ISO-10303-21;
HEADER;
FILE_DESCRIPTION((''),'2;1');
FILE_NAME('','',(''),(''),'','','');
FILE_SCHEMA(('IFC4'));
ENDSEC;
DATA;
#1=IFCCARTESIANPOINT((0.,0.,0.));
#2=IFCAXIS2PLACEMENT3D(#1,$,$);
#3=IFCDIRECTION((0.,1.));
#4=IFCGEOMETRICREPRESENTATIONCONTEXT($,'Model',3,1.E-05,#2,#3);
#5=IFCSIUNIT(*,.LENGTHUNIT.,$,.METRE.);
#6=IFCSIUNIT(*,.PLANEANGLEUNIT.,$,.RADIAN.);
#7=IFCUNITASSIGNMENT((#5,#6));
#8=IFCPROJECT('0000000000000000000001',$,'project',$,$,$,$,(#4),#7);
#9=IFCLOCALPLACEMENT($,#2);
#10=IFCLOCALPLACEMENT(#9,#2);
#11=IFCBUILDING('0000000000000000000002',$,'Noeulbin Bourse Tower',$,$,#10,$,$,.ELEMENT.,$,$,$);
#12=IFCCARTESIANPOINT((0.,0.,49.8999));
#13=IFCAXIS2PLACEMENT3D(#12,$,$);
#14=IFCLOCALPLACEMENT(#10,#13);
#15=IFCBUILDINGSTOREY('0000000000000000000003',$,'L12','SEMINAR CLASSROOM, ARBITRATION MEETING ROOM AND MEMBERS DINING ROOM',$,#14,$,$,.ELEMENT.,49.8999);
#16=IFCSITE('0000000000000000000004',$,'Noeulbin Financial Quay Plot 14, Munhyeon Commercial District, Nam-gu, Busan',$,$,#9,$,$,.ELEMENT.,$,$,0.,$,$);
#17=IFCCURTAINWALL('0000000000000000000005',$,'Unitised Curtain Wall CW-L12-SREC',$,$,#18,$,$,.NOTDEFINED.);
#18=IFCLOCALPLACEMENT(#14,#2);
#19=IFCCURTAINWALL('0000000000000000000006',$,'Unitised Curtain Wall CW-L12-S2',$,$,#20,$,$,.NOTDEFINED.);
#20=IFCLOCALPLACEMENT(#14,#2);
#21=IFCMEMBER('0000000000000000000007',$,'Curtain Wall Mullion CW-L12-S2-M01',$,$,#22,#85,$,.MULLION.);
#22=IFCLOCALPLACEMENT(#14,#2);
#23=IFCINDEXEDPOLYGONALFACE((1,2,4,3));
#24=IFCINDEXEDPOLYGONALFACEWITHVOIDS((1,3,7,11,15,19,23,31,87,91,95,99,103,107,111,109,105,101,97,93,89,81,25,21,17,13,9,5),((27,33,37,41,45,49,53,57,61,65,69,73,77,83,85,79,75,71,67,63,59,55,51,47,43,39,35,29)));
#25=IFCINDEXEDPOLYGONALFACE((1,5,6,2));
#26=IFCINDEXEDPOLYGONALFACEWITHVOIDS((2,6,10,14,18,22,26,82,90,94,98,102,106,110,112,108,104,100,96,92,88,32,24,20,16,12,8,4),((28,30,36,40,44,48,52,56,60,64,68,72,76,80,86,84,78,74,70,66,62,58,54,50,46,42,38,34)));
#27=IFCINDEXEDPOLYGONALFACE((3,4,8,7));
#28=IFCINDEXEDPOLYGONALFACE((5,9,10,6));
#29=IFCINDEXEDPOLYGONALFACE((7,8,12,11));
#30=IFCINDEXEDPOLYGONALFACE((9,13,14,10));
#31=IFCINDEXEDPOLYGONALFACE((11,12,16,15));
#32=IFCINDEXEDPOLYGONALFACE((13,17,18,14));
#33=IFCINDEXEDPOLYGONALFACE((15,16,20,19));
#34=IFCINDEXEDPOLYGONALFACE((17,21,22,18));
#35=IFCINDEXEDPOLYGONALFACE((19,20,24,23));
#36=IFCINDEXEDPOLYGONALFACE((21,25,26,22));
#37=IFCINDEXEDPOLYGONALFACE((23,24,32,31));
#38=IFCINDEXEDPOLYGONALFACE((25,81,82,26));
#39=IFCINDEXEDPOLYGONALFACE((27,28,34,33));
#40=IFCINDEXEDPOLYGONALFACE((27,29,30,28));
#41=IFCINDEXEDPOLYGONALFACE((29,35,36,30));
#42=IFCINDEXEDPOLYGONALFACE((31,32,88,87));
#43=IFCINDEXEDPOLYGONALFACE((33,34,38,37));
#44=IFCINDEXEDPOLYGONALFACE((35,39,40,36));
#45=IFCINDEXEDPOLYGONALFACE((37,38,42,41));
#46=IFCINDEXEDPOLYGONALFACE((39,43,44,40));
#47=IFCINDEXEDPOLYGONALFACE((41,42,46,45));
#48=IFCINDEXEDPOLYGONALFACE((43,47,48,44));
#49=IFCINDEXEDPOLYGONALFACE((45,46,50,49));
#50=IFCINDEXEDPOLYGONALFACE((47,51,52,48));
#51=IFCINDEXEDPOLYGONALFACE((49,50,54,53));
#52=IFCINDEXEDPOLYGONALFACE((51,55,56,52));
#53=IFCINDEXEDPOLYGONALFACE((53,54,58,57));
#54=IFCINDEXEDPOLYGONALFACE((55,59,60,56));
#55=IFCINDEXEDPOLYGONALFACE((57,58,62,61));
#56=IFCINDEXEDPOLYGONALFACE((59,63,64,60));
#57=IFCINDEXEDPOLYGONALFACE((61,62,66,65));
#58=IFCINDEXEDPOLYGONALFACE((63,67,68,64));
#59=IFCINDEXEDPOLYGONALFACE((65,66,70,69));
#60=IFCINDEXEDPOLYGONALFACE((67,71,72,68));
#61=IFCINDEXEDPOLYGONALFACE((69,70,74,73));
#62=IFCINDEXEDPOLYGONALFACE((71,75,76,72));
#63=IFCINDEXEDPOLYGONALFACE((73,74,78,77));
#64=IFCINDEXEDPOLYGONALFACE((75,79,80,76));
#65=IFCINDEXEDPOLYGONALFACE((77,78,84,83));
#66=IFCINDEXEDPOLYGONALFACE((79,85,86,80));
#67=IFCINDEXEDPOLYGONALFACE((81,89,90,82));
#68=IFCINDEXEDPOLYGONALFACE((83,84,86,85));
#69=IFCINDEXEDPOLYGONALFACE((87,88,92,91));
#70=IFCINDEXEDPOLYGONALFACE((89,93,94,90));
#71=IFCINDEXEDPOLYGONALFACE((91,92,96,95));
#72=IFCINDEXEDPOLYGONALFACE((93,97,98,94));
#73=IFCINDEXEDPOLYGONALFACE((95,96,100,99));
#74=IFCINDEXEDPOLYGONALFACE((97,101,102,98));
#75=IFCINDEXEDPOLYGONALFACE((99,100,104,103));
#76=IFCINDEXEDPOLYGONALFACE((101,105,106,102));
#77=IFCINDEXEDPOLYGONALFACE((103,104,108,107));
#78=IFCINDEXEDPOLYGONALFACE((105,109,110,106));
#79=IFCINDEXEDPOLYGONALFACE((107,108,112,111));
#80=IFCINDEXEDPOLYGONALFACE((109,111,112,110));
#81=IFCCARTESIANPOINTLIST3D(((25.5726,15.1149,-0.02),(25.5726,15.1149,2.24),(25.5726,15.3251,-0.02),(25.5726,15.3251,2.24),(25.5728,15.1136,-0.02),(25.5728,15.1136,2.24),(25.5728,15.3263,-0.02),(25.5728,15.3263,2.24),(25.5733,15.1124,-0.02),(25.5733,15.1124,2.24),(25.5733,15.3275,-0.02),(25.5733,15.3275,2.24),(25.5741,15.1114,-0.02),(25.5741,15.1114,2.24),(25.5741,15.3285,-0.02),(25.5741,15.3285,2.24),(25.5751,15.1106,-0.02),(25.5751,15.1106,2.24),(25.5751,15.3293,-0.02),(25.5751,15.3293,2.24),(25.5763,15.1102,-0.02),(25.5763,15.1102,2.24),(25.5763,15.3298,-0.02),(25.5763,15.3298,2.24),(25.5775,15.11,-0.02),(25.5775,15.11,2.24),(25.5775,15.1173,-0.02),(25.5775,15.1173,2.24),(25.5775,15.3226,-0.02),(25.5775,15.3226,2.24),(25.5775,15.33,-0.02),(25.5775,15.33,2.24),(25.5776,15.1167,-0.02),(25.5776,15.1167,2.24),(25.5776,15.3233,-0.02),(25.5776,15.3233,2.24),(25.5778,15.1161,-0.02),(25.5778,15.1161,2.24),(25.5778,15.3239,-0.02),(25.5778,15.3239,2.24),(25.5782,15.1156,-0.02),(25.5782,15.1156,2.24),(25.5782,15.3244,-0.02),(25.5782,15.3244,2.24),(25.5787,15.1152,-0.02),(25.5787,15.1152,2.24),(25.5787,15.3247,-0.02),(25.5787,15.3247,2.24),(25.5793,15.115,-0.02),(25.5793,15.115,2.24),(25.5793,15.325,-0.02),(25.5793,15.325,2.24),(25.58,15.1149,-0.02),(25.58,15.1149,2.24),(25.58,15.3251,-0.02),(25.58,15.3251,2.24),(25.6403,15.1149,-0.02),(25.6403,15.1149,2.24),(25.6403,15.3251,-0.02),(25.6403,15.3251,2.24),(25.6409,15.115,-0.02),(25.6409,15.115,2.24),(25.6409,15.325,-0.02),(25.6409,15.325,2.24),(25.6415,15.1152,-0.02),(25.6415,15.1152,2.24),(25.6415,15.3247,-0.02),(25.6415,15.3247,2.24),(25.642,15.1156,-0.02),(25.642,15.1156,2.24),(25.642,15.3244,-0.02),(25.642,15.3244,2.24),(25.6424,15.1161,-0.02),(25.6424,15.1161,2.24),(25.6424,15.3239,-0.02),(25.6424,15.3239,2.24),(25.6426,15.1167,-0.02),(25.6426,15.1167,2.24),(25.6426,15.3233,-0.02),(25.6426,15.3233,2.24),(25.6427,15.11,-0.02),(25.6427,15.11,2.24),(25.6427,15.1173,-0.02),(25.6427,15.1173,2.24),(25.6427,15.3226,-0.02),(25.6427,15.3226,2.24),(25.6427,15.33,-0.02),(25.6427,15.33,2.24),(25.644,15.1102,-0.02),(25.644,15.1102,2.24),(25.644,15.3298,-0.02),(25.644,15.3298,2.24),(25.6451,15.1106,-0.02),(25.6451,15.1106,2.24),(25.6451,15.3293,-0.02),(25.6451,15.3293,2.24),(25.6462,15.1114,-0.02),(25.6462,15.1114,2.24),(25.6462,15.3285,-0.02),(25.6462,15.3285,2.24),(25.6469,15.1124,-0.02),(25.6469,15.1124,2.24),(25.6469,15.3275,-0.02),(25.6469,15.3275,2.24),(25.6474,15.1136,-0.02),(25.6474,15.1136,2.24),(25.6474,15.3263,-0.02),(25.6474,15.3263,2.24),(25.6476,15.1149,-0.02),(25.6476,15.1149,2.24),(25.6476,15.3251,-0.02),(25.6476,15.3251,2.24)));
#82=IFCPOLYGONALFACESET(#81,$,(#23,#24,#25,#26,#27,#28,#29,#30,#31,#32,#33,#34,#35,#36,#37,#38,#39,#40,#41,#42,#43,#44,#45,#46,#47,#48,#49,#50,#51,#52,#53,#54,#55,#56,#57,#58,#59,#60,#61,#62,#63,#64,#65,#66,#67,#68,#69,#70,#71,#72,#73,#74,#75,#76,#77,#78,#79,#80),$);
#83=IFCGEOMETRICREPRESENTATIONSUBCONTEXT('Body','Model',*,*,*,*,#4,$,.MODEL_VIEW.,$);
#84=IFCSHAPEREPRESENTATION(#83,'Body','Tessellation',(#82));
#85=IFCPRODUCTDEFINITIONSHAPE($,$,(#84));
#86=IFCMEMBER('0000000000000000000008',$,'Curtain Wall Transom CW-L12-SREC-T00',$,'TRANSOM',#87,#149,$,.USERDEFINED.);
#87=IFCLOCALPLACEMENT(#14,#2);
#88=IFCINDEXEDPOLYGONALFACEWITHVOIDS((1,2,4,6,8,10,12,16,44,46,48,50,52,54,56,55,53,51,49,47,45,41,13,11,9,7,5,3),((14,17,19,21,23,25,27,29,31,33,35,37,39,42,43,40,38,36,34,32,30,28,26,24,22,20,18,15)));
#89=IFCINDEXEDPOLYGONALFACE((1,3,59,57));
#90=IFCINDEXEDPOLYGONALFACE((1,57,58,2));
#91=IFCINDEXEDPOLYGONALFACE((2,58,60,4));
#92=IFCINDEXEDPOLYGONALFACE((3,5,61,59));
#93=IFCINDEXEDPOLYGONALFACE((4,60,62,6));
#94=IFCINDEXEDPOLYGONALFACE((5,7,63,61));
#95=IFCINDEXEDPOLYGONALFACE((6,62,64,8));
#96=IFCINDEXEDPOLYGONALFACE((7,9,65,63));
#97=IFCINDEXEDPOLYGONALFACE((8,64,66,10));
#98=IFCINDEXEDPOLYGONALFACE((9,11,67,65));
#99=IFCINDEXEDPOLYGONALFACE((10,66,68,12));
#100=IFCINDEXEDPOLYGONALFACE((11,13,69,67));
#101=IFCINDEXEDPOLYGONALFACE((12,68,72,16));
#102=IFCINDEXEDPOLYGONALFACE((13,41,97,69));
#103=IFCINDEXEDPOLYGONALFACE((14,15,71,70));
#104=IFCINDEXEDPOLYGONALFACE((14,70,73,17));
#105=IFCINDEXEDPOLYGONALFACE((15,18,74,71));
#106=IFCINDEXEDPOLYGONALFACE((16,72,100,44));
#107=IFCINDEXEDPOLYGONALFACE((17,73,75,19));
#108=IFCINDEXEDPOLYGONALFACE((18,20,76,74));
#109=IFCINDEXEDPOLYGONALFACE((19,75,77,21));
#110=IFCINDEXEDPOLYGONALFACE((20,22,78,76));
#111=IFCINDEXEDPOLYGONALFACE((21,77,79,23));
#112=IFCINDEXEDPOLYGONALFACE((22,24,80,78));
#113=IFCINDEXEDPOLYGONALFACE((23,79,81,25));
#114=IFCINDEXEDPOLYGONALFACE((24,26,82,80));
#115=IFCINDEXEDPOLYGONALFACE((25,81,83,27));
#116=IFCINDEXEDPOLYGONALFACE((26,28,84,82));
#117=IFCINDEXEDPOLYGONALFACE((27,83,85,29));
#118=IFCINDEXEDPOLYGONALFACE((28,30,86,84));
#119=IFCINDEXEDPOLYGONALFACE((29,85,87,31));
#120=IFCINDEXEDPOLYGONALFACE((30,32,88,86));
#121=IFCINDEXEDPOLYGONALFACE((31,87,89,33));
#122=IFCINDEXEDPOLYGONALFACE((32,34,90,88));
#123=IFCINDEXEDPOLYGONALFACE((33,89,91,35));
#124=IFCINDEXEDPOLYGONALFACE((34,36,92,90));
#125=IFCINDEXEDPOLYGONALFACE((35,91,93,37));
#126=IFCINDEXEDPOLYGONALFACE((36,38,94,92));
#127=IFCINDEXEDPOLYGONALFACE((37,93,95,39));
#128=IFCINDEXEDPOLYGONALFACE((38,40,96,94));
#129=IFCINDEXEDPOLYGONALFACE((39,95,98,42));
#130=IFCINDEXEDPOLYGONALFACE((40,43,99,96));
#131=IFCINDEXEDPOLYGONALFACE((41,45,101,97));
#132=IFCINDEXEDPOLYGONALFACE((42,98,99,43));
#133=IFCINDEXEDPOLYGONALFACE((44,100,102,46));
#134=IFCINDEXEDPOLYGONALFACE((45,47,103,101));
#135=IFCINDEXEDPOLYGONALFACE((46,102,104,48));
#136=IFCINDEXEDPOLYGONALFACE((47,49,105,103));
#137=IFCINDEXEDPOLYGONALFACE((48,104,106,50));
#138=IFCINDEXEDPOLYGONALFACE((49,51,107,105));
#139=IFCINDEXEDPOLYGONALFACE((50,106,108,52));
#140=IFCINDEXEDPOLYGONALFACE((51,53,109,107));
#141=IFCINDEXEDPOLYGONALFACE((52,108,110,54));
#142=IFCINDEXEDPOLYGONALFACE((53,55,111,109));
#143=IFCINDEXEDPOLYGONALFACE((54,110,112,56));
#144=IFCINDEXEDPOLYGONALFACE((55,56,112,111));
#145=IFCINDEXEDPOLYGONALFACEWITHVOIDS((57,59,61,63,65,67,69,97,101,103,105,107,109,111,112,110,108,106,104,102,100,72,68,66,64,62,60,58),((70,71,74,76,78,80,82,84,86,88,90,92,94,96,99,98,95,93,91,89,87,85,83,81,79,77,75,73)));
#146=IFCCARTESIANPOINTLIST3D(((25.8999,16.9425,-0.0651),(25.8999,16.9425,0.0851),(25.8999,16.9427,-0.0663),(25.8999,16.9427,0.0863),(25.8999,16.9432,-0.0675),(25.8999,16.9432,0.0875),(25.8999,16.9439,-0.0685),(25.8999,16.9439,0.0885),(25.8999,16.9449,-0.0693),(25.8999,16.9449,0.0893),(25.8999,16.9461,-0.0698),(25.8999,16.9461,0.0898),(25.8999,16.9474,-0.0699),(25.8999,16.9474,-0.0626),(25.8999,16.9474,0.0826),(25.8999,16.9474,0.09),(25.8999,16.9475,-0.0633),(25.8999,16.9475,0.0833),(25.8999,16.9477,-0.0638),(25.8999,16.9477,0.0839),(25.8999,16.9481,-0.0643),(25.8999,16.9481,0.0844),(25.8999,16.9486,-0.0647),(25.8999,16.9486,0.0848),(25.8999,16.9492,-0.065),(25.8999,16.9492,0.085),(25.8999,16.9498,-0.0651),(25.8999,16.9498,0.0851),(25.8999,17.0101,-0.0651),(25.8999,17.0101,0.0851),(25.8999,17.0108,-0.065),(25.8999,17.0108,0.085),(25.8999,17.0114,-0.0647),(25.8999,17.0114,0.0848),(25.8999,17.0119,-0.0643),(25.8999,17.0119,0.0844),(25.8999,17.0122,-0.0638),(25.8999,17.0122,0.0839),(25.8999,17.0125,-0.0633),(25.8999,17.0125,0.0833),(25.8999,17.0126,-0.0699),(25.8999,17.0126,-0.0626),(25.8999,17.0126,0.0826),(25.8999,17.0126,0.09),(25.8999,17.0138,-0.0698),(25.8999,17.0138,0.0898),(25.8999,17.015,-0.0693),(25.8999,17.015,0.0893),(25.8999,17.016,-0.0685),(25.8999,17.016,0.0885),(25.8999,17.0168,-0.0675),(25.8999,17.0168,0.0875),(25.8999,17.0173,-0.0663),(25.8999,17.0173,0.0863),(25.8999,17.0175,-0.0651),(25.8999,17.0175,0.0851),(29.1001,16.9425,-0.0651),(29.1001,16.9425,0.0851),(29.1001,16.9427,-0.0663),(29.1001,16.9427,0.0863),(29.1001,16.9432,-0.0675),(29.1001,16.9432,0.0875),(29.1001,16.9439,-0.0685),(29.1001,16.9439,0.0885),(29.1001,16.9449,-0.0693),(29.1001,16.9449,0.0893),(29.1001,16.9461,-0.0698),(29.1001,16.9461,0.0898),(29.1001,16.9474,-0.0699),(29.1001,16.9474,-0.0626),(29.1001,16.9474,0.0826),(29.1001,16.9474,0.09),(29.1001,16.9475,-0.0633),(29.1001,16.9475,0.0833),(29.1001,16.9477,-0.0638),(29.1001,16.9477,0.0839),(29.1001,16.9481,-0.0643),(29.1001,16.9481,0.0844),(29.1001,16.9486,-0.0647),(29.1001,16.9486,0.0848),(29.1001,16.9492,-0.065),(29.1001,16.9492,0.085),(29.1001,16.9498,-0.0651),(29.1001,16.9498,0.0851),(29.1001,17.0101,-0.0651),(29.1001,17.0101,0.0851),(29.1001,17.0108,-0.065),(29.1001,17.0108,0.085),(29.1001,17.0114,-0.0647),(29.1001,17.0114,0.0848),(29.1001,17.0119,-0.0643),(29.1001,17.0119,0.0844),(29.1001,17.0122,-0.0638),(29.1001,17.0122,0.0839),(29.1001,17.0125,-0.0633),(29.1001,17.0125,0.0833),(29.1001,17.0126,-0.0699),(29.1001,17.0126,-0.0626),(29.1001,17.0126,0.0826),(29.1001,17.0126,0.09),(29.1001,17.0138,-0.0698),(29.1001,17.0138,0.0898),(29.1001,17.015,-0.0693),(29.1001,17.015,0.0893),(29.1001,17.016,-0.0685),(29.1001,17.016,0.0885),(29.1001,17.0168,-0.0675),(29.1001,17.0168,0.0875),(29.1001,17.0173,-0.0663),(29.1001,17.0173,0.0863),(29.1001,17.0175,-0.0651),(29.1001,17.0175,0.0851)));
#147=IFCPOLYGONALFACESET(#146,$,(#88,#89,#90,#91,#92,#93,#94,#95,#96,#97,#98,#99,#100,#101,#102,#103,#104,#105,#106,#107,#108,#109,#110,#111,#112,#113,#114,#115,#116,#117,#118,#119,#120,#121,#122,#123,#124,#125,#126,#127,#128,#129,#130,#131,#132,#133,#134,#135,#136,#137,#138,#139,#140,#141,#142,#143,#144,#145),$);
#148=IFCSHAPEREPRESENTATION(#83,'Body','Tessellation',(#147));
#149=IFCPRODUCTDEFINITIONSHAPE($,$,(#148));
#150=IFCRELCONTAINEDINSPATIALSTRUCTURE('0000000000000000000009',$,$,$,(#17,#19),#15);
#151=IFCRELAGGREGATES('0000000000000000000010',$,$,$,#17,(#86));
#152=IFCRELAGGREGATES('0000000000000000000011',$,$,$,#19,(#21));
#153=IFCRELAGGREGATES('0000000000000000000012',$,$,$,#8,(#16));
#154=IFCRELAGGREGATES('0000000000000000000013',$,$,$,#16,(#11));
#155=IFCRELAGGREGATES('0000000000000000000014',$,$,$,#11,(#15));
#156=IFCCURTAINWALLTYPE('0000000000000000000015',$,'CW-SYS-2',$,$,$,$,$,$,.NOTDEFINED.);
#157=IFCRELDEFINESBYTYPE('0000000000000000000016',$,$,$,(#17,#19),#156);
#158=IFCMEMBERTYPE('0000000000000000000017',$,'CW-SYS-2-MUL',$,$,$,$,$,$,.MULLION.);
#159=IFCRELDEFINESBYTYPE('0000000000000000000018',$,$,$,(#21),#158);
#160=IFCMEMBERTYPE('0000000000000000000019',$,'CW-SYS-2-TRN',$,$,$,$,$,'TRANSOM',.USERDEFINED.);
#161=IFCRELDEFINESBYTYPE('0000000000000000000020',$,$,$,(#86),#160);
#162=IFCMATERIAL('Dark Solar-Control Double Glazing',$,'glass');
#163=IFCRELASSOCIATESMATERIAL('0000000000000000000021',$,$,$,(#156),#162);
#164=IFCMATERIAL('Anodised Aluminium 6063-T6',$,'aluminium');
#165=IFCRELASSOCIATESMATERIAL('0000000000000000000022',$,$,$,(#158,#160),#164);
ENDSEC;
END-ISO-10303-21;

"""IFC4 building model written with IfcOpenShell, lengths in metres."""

from ifc_helpers import new_model, si_unit, direction, frame, origin, origin_2d, place, context, subcontext, project, spatial, hollow_rectangle, extrude, material, material_profile, profile_set, type_object, element, aggregate, save


model = new_model("IFC4")

# Units and contexts
model_context = context("Model", 3, precision=1e-05, world=origin(), true_north=direction((0.0, 1.0)))
body_context = subcontext(model_context, "Body", "Model", "MODEL_VIEW")
ifc_project = project(units=[si_unit("LENGTHUNIT", "METRE"), si_unit("PLANEANGLEUNIT", "RADIAN")], contexts=[model_context])

# Site, building, storey
site_placement = place(None, origin())
site = spatial("IfcSite", under=ifc_project, at=site_placement, Name="Noeulbin Financial Quay Plot 14, Munhyeon Commercial District, Nam-gu, Busan", CompositionType="ELEMENT", RefElevation=0.0)
building_placement = place(site_placement, origin())
building = spatial("IfcBuilding", under=site, at=building_placement, Name="Noeulbin Bourse Tower", CompositionType="ELEMENT")
storey_placement = place(building_placement, frame((0.0, 0.0, 49.8999)))
storey = spatial("IfcBuildingStorey", under=building, at=storey_placement, Name="L12", Description="SEMINAR CLASSROOM, ARBITRATION MEETING ROOM AND MEMBERS DINING ROOM", CompositionType="ELEMENT", Elevation=49.8999)

# Curtain wall
ifc_material_1 = material(Name="Dark Solar-Control Double Glazing", Category="glass")
curtain_wall_type = type_object("IfcCurtainWallType", Name="CW-SYS-2", PredefinedType="NOTDEFINED", material=ifc_material_1)
curtain_wall_1_placement = place(storey_placement, origin())
curtain_wall_1 = element("IfcCurtainWall", 1, at=curtain_wall_1_placement, inside=storey, type_object=curtain_wall_type, Name="Unitised Curtain Wall CW-L12-SREC", PredefinedType="NOTDEFINED")
ifc_material_2 = material(Name="Anodised Aluminium 6063-T6", Category="aluminium")
ifc_material_profile_1 = material_profile(ifc_material_2, hollow_rectangle(XDim=0.075, YDim=0.22, WallThickness=0.0049, InnerFilletRadius=0.0024, OuterFilletRadius=0.0049, at=origin_2d()), Name="ALU-MULL-75x220x5", Category="LoadBearing")
ifc_profile_set_1 = profile_set([ifc_material_profile_1], Name="Anodised Aluminium 6063-T6")
member_type_1 = type_object("IfcMemberType", Name="CW-SYS-2-MUL", PredefinedType="MULLION", material=ifc_profile_set_1)

# Curtain wall, member
curtain_wall_2_placement = place(storey_placement, origin())
curtain_wall_2 = element("IfcCurtainWall", 2, at=curtain_wall_2_placement, inside=storey, type_object=curtain_wall_type, Name="Unitised Curtain Wall CW-L12-S2", PredefinedType="NOTDEFINED")
member_1_placement = place(storey_placement, frame((25.6101, 15.22, -0.02), z_axis=(0.0, 0.0, 1.0), x_axis=(1.0, 0.0, 0.0)))
member_1 = element("IfcMember", 3, at=member_1_placement, type_object=member_type_1, Name="Curtain Wall Mullion CW-L12-S2-M01", PredefinedType="MULLION", context=body_context, shape_type="SweptSolid", body=[
    extrude(hollow_rectangle(XDim=0.075, YDim=0.22, WallThickness=0.0049, InnerFilletRadius=0.0024, OuterFilletRadius=0.0049, at=origin_2d()), origin(), (0.0, 0.0, 1.0), 2.26),
])

# Member
ifc_material_profile_2 = material_profile(ifc_material_2, hollow_rectangle(XDim=0.075, YDim=0.1599, WallThickness=0.0049, InnerFilletRadius=0.0024, OuterFilletRadius=0.0049, at=origin_2d()), Name="ALU-TRAN-75x160x5", Category="LoadBearing")
ifc_profile_set_2 = profile_set([ifc_material_profile_2], Name="Anodised Aluminium 6063-T6")
member_type_2 = type_object("IfcMemberType", Name="CW-SYS-2-TRN", ElementType="TRANSOM", PredefinedType="USERDEFINED", material=ifc_profile_set_2)
member_2_placement = place(storey_placement, frame((25.8999, 16.98, 0.01), z_axis=(1.0, 0.0, 0.0), x_axis=(0.0, 1.0, 0.0)))
member_2 = element("IfcMember", 4, at=member_2_placement, type_object=member_type_2, Name="Curtain Wall Transom CW-L12-SREC-T00", ObjectType="TRANSOM", PredefinedType="USERDEFINED", context=body_context, shape_type="SweptSolid", body=[
    extrude(hollow_rectangle(XDim=0.075, YDim=0.1599, WallThickness=0.0049, InnerFilletRadius=0.0024, OuterFilletRadius=0.0049, at=origin_2d()), origin(), (0.0, 0.0, 1.0), 3.2002),
])

aggregate(curtain_wall_1, [member_2])
aggregate(curtain_wall_2, [member_1])

save(model, "model.ifc")
